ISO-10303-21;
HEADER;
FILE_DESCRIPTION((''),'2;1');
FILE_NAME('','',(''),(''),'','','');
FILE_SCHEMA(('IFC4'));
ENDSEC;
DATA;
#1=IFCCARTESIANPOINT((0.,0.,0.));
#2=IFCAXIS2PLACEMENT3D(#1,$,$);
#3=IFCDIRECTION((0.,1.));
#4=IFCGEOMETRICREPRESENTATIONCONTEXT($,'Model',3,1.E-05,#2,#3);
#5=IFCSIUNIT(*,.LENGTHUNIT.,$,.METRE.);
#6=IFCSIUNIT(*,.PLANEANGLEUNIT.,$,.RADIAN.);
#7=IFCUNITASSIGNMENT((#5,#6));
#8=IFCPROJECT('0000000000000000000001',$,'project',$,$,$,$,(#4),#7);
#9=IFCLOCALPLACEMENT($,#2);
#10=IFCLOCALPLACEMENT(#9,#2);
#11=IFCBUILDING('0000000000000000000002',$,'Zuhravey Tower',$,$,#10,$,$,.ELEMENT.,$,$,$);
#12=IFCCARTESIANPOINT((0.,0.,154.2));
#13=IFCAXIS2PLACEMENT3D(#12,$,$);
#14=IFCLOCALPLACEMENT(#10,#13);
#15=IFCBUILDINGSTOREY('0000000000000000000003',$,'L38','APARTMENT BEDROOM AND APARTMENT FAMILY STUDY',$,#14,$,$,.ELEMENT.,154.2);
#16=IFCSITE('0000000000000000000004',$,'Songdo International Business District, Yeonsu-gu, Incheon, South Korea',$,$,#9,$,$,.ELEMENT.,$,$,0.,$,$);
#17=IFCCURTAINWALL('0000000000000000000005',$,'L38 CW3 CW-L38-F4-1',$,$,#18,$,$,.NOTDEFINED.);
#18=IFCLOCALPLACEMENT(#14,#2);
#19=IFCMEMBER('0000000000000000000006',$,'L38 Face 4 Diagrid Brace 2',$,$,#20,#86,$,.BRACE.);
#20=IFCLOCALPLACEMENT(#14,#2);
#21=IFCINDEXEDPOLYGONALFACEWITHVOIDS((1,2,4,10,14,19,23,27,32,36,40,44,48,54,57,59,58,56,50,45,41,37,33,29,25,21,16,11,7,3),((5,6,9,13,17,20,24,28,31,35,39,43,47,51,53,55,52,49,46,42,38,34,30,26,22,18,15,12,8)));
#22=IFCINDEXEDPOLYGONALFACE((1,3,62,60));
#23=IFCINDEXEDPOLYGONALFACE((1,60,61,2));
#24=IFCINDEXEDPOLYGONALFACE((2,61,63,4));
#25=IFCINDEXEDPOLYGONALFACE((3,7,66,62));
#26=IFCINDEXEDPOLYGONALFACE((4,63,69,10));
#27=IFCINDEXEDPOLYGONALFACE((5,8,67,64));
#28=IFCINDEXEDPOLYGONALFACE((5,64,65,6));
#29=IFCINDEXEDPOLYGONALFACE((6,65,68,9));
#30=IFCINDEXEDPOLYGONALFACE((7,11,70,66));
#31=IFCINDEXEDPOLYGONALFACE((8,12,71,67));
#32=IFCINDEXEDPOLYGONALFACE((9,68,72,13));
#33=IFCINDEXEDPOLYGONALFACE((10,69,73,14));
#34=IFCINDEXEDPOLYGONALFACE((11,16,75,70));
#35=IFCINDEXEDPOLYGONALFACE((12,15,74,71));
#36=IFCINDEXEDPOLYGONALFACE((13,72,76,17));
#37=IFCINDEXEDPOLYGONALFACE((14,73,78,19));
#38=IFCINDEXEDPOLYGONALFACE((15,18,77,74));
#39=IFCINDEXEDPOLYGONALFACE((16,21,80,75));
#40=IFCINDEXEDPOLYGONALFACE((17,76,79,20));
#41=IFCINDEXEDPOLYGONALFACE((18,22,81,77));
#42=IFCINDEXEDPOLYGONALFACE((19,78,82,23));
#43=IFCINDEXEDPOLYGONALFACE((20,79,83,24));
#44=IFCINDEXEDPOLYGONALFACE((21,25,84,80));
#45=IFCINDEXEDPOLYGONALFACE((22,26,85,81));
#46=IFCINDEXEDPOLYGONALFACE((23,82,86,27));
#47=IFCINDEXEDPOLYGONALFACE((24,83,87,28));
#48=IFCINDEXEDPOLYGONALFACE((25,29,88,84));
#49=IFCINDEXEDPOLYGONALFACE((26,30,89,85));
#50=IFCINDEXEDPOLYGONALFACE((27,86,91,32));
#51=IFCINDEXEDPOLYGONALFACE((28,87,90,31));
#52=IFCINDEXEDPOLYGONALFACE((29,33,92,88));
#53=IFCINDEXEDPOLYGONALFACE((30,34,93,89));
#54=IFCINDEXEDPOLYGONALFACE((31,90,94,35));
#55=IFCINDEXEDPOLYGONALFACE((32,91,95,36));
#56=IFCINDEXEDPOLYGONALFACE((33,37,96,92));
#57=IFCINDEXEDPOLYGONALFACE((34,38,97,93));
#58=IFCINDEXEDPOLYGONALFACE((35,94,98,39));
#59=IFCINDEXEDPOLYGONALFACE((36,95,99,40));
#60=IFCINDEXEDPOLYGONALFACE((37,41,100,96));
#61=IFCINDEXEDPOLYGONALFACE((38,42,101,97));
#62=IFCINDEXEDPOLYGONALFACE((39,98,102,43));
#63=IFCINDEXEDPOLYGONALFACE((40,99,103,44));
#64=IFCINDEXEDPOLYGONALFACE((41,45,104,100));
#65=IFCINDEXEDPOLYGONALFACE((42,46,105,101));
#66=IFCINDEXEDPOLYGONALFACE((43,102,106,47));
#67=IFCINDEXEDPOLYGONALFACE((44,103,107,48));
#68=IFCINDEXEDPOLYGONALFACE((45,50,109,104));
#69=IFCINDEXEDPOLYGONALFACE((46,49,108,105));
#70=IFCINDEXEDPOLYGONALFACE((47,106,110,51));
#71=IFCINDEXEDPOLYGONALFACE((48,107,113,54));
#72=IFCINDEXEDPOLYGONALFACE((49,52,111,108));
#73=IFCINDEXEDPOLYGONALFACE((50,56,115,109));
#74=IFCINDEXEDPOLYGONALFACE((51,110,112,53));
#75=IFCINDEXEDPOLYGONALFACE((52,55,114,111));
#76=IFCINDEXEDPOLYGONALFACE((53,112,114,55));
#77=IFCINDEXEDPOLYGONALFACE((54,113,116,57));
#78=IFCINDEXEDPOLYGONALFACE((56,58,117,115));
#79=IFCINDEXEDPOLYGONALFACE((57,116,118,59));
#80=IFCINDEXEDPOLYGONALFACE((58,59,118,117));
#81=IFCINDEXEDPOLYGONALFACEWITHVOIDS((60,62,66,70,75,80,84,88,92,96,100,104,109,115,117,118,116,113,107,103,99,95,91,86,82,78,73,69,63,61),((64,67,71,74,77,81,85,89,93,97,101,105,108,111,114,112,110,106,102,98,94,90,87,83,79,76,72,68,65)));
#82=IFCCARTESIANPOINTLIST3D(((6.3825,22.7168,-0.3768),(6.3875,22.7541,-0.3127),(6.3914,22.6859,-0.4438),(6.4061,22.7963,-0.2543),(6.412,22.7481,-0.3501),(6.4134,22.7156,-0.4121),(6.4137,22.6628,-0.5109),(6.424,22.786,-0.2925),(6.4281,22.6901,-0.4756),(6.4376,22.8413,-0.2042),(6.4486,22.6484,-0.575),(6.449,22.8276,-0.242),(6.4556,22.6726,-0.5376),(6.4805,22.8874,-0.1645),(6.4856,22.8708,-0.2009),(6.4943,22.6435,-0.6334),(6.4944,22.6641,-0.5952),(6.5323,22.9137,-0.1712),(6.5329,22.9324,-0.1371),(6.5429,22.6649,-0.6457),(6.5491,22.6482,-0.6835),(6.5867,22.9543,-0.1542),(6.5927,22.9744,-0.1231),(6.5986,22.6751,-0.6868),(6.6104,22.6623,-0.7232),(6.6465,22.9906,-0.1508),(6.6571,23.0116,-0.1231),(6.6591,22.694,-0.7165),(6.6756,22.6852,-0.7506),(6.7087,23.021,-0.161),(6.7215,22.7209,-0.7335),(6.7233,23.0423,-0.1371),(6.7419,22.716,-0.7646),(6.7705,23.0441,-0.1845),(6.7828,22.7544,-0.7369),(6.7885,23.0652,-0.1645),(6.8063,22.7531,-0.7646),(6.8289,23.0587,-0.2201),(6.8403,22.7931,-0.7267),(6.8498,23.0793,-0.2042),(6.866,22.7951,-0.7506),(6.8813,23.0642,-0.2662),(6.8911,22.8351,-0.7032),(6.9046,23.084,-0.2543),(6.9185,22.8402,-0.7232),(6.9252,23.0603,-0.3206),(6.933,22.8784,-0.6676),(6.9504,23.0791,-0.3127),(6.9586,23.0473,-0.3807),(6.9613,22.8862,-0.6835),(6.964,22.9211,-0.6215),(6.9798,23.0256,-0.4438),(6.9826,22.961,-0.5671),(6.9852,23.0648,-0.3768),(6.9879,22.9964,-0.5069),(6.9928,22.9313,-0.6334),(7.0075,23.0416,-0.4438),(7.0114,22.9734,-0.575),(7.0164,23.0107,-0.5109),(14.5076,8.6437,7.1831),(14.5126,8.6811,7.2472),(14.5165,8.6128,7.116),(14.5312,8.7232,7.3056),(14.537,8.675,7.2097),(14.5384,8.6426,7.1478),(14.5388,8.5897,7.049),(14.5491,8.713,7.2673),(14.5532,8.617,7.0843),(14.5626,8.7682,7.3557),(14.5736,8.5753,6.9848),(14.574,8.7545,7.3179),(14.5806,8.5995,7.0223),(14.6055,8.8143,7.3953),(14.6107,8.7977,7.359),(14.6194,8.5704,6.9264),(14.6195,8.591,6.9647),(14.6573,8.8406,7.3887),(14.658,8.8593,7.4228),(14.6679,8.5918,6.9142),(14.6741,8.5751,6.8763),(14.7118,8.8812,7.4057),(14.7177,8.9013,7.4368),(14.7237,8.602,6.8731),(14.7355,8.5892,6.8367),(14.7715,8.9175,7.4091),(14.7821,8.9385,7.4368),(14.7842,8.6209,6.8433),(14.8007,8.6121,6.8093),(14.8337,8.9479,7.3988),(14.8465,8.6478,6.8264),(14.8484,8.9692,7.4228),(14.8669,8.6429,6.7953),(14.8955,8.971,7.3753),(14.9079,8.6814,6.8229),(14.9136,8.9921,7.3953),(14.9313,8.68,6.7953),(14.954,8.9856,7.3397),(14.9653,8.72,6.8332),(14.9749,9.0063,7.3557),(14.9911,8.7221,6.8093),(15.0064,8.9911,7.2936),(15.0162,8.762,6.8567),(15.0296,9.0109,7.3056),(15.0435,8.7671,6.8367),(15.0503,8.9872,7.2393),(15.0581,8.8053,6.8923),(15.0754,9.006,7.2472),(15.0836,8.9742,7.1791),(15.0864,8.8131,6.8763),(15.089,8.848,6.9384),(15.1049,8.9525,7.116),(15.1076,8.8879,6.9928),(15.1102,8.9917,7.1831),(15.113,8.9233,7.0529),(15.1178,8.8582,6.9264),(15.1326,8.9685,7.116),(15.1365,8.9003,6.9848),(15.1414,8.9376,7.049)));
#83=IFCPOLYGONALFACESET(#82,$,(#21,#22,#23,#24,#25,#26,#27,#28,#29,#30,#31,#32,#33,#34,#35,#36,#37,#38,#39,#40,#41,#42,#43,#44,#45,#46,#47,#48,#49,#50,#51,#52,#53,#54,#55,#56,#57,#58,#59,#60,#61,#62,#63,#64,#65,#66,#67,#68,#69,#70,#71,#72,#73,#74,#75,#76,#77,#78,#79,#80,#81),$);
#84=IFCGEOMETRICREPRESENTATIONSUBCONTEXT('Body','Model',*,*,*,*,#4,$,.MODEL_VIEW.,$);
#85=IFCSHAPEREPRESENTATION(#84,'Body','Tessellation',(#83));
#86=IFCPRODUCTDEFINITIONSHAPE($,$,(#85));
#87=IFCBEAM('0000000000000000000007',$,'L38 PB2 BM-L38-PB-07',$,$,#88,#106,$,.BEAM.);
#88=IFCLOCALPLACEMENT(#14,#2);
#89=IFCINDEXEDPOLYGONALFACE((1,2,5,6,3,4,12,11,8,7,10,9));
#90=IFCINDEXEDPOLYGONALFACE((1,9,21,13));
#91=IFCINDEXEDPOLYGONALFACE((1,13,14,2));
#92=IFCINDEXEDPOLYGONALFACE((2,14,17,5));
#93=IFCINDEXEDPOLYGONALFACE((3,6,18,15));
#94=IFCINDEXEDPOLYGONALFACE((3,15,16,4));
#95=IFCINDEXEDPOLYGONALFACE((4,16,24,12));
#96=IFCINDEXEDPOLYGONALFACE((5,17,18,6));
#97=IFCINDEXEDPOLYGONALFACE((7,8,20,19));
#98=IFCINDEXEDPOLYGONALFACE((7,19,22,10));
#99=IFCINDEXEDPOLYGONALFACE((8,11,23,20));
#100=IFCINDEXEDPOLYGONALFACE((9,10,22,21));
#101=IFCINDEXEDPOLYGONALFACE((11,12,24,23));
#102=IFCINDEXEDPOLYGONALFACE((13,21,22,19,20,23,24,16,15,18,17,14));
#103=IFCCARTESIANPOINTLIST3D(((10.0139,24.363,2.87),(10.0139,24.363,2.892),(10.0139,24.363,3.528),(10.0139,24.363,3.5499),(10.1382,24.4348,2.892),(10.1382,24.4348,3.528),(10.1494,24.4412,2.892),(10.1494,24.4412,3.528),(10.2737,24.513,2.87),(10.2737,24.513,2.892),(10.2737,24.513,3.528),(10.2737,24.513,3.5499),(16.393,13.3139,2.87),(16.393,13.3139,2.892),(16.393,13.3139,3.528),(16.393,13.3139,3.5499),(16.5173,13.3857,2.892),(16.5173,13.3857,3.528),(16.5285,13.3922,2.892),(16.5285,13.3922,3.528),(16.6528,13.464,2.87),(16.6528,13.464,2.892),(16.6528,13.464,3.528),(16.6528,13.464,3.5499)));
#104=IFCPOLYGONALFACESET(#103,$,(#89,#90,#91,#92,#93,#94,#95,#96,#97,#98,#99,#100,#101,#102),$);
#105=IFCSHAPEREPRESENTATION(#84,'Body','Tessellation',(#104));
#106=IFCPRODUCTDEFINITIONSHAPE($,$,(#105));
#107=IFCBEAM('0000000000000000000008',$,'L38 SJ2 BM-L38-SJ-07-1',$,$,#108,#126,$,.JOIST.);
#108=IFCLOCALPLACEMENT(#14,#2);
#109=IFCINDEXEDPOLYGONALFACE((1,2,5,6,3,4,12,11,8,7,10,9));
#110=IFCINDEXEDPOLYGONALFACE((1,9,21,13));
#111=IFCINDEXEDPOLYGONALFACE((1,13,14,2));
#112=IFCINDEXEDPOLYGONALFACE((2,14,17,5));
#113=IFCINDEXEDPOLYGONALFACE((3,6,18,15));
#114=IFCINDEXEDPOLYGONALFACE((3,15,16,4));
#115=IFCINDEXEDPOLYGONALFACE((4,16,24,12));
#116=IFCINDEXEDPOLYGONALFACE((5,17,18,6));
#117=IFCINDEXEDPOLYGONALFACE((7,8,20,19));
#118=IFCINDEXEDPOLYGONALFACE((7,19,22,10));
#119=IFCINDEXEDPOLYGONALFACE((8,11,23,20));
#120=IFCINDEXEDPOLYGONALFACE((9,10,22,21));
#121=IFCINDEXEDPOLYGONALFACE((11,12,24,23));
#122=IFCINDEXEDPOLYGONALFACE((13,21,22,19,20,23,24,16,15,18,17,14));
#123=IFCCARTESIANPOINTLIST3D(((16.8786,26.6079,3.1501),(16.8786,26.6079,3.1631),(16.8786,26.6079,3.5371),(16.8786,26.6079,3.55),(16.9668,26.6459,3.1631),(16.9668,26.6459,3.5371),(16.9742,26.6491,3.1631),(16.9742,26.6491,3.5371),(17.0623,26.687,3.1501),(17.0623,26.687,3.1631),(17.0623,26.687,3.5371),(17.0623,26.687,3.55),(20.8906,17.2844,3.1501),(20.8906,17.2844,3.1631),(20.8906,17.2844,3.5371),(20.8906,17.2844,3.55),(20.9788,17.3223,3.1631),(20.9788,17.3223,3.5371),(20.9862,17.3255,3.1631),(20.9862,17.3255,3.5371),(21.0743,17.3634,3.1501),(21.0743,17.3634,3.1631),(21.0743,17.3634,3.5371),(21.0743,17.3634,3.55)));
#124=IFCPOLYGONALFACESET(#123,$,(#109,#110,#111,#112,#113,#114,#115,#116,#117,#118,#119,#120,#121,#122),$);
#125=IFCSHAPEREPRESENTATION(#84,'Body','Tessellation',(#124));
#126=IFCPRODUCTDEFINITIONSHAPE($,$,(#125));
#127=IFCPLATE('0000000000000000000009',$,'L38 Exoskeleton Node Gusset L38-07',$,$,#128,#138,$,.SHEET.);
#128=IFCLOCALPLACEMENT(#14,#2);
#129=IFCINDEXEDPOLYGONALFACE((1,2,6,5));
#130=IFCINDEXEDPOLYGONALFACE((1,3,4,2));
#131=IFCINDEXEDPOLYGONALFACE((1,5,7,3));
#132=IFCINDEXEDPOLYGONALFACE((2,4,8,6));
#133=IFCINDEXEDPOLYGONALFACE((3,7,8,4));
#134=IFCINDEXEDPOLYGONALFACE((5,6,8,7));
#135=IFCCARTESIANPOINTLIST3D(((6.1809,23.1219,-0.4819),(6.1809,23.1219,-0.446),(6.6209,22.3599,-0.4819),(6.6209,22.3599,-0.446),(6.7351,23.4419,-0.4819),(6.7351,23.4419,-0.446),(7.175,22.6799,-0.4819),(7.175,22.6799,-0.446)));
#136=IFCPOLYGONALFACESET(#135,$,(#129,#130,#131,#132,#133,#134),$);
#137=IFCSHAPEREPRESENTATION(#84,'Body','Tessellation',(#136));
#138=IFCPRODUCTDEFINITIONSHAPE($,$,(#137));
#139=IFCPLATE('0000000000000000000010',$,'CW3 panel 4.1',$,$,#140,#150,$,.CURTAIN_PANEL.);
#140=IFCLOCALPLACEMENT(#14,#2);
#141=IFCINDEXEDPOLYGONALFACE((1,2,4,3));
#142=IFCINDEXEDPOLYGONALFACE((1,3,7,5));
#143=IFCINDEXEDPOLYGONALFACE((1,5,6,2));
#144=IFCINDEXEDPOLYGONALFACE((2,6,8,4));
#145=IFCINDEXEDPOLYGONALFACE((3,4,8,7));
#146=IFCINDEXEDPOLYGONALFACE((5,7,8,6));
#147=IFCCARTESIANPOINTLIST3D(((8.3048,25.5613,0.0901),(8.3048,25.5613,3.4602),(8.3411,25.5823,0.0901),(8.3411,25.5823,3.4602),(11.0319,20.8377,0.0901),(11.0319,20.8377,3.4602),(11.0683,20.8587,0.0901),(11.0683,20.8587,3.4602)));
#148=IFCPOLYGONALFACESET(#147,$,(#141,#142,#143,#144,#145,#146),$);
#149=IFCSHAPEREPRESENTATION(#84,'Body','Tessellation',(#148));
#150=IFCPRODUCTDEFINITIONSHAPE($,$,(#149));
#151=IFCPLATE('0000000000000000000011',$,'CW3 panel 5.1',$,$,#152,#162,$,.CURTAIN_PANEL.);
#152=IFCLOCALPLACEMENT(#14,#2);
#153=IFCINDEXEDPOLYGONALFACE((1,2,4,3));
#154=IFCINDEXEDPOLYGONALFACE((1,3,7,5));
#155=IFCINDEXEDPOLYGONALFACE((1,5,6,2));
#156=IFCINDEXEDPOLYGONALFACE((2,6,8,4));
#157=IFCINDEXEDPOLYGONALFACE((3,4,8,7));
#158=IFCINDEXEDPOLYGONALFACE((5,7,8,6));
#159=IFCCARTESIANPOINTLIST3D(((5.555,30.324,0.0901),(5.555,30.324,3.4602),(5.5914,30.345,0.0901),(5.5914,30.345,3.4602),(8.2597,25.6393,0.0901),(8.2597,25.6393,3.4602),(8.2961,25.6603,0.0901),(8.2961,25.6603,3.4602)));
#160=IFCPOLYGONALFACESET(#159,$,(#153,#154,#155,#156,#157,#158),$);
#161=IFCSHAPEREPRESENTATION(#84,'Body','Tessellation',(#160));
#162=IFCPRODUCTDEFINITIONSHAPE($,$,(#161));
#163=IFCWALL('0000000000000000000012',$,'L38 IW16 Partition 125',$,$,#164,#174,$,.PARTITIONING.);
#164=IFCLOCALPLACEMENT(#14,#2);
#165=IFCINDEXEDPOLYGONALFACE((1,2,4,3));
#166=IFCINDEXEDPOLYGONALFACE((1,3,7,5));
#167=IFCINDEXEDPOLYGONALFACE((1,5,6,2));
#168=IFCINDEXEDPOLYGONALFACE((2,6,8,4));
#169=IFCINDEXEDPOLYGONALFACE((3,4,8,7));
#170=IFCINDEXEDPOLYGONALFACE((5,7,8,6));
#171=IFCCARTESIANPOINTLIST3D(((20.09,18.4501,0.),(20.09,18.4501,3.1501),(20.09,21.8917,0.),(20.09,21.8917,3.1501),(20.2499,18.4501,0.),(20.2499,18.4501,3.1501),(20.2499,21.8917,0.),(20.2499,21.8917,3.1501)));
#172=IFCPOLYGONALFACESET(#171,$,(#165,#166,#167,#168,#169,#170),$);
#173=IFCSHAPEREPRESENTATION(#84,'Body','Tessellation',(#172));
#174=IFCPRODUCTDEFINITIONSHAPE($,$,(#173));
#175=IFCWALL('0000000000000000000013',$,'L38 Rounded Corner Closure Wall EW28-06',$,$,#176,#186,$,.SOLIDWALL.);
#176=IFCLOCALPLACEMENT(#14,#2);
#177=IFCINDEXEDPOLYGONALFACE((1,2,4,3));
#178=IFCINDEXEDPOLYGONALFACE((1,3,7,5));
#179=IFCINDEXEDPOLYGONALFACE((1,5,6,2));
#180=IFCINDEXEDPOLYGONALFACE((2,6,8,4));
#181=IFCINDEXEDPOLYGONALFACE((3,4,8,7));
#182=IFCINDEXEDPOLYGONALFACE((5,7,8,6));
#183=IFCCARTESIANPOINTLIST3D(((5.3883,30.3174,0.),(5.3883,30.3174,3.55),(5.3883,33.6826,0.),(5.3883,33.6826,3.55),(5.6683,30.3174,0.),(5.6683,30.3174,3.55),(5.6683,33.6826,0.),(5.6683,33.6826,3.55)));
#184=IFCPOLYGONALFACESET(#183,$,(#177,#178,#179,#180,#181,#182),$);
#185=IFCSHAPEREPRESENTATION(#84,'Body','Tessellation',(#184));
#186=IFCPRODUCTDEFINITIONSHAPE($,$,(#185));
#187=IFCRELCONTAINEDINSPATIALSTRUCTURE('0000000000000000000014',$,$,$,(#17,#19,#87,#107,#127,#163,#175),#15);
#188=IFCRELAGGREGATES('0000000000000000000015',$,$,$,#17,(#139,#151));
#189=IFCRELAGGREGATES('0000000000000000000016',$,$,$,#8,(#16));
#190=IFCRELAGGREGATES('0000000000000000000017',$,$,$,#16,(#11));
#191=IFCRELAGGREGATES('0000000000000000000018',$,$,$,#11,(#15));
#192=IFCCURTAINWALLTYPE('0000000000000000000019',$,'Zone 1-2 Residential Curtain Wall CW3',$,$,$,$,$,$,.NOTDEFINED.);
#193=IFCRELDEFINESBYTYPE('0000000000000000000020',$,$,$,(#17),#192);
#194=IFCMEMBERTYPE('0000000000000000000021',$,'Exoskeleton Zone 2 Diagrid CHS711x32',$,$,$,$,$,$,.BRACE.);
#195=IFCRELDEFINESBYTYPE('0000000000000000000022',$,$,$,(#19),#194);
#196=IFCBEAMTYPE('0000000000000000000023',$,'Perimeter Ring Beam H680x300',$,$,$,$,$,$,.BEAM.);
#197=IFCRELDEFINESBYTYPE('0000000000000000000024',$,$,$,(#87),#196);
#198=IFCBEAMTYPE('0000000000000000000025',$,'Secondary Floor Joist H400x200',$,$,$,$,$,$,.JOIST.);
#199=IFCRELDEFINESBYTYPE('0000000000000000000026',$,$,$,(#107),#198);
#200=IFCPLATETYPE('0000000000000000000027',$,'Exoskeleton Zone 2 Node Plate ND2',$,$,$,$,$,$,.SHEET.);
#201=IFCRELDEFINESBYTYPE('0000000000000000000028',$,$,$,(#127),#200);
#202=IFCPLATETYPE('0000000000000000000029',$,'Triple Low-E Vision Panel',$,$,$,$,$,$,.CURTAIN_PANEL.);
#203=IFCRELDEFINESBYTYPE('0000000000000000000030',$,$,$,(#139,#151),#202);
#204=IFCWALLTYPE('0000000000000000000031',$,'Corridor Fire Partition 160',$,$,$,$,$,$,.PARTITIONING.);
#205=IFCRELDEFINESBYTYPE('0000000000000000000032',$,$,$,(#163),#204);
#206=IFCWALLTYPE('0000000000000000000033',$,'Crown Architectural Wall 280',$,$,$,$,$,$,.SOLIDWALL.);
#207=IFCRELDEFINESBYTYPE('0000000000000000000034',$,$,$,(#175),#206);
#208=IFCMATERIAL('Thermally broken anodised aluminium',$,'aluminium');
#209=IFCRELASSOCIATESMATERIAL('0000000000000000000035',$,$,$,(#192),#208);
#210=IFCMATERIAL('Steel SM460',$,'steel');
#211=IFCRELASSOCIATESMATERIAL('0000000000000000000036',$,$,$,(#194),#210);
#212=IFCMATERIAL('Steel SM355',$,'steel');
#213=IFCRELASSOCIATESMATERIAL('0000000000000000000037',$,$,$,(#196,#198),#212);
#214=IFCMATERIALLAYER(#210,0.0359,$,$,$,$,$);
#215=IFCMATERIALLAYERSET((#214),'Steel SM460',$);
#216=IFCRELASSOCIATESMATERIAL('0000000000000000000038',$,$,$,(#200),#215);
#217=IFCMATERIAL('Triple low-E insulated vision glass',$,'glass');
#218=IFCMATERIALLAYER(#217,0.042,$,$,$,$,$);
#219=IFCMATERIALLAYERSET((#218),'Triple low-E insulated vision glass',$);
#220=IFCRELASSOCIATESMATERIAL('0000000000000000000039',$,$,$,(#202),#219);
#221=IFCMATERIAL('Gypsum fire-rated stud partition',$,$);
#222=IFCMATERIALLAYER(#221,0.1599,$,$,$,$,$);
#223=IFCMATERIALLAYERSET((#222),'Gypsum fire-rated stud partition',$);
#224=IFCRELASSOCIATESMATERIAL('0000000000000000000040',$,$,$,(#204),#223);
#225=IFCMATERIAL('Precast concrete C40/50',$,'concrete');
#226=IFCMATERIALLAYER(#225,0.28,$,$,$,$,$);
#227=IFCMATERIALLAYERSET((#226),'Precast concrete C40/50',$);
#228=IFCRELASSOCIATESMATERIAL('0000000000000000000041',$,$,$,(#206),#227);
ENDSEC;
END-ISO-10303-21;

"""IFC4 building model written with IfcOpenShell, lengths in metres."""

from ifc_helpers import new_model, si_unit, direction, frame, frame_2d, origin, origin_2d, place, context, subcontext, project, spatial, rectangle, hollow_circle, i_section, extrude, material, layer, layer_set, material_profile, profile_set, type_object, element, aggregate, save


model = new_model("IFC4")

# Units and contexts
model_context = context("Model", 3, precision=1e-05, world=origin(), true_north=direction((0.0, 1.0)))
body_context = subcontext(model_context, "Body", "Model", "MODEL_VIEW")
ifc_project = project(units=[si_unit("LENGTHUNIT", "METRE"), si_unit("PLANEANGLEUNIT", "RADIAN")], contexts=[model_context])

# Site, building, storey
site_placement = place(None, origin())
site = spatial("IfcSite", under=ifc_project, at=site_placement, Name="Songdo International Business District, Yeonsu-gu, Incheon, South Korea", CompositionType="ELEMENT", RefElevation=0.0)
building_placement = place(site_placement, origin())
building = spatial("IfcBuilding", under=site, at=building_placement, Name="Zuhravey Tower", CompositionType="ELEMENT")
storey_placement = place(building_placement, frame((0.0, 0.0, 154.2)))
storey = spatial("IfcBuildingStorey", under=building, at=storey_placement, Name="L38", Description="APARTMENT BEDROOM AND APARTMENT FAMILY STUDY", CompositionType="ELEMENT", Elevation=154.2)

# Curtain wall
ifc_material_1 = material(Name="Thermally broken anodised aluminium", Category="aluminium")
curtain_wall_type = type_object("IfcCurtainWallType", Name="Zone 1-2 Residential Curtain Wall CW3", PredefinedType="NOTDEFINED", material=ifc_material_1)
curtain_wall_placement = place(storey_placement, origin())
curtain_wall = element("IfcCurtainWall", 1, at=curtain_wall_placement, inside=storey, type_object=curtain_wall_type, Name="L38 CW3 CW-L38-F4-1", PredefinedType="NOTDEFINED")

# Member
ifc_material_2 = material(Name="Steel SM355", Category="steel")
ifc_material_3 = material(Name="Steel SM460", Category="steel")
ifc_material_profile_1 = material_profile(ifc_material_3, hollow_circle(Radius=0.3557, WallThickness=0.032, at=origin_2d()), Name="CHS-711.2x32")
ifc_profile_set_1 = profile_set([ifc_material_profile_1], Name="Steel SM460")
member_type_1 = type_object("IfcMemberType", Name="Exoskeleton Zone 2 Diagrid CHS711x32", PredefinedType="BRACE", material=ifc_profile_set_1)
member_1_placement = place(storey_placement, frame((6.6995, 22.8638, -0.4438), z_axis=(0.453341, -0.785214, 0.421806), x_axis=(0.866027, 0.499998, 0.0)))
element("IfcMember", 2, at=member_1_placement, inside=storey, type_object=member_type_1, Name="L38 Face 4 Diagrid Brace 2", PredefinedType="BRACE", context=body_context, shape_type="SweptSolid", body=[
    extrude(hollow_circle(Radius=0.3557, WallThickness=0.032, at=origin_2d()), origin(), (0.0, 0.0, 1.0), 17.9226),
])

# Beams
ifc_material_profile_2 = material_profile(ifc_material_2, i_section(OverallWidth=0.3, OverallDepth=0.6799, WebThickness=0.0129, FlangeThickness=0.022, at=origin_2d()), Name="H-680x300x13x22")
ifc_profile_set_2 = profile_set([ifc_material_profile_2], Name="Steel SM355")
beam_type_1 = type_object("IfcBeamType", Name="Perimeter Ring Beam H680x300", PredefinedType="BEAM", material=ifc_profile_set_2)
beam_1_placement = place(storey_placement, frame((10.1438, 24.438, 3.21), z_axis=(0.499998, -0.866027, 0.0), x_axis=(0.866027, 0.499998, 0.0)))
element("IfcBeam", 3, at=beam_1_placement, inside=storey, type_object=beam_type_1, Name="L38 PB2 BM-L38-PB-07", PredefinedType="BEAM", context=body_context, shape_type="SweptSolid", body=[
    extrude(i_section(OverallWidth=0.3, OverallDepth=0.6799, WebThickness=0.0129, FlangeThickness=0.022, at=origin_2d()), origin(), (0.0, 0.0, 1.0), 12.7583),
])
ifc_material_profile_3 = material_profile(ifc_material_2, i_section(OverallWidth=0.2, OverallDepth=0.3999, WebThickness=0.0081, FlangeThickness=0.0129, at=origin_2d()), Name="H-400x200x8x13")
ifc_profile_set_3 = profile_set([ifc_material_profile_3], Name="Steel SM355")
beam_type_2 = type_object("IfcBeamType", Name="Secondary Floor Joist H400x200", PredefinedType="JOIST", material=ifc_profile_set_3)
beam_2_placement = place(storey_placement, frame((16.9705, 26.6475, 3.3501), z_axis=(0.395266, -0.918567, 0.0), x_axis=(0.918567, 0.395266, 0.0)))
element("IfcBeam", 4, at=beam_2_placement, inside=storey, type_object=beam_type_2, Name="L38 SJ2 BM-L38-SJ-07-1", PredefinedType="JOIST", context=body_context, shape_type="SweptSolid", body=[
    extrude(i_section(OverallWidth=0.2, OverallDepth=0.3999, WebThickness=0.0081, FlangeThickness=0.0129, at=origin_2d()), origin(), (0.0, 0.0, 1.0), 10.1501),
])

# Plates
ifc_layer_1 = layer(ifc_material_3, 0.0359)
ifc_layer_set_1 = layer_set([ifc_layer_1], Name="Steel SM460")
plate_type_1 = type_object("IfcPlateType", Name="Exoskeleton Zone 2 Node Plate ND2", PredefinedType="SHEET", material=ifc_layer_set_1)
plate_1_placement = place(storey_placement, frame((6.678, 22.9009, -0.4819), z_axis=(0.0, 0.0, 1.0), x_axis=(0.5, -0.866025, 0.0)))
element("IfcPlate", 5, at=plate_1_placement, inside=storey, type_object=plate_type_1, Name="L38 Exoskeleton Node Gusset L38-07", PredefinedType="SHEET", context=body_context, shape_type="SweptSolid", body=[
    extrude(rectangle(XDim=0.8799, YDim=0.6399, at=origin_2d()), origin(), (0.0, 0.0, 1.0), 0.0359),
])
ifc_material_4 = material(Name="Triple low-E insulated vision glass", Category="glass")
ifc_layer_2 = layer(ifc_material_4, 0.042)
ifc_layer_set_2 = layer_set([ifc_layer_2], Name="Triple low-E insulated vision glass")
plate_type_2 = type_object("IfcPlateType", Name="Triple Low-E Vision Panel", PredefinedType="CURTAIN_PANEL", material=ifc_layer_set_2)
plate_2_placement = place(storey_placement, frame((9.6865, 23.21, 0.0901), z_axis=(0.0, 0.0, 1.0), x_axis=(-0.5, 0.866025, 0.0)))
plate_2 = element("IfcPlate", 6, at=plate_2_placement, type_object=plate_type_2, Name="CW3 panel 4.1", PredefinedType="CURTAIN_PANEL", context=body_context, shape_type="SweptSolid", body=[
    extrude(rectangle(XDim=5.4543, YDim=0.042, at=origin_2d()), origin(), (0.0, 0.0, 1.0), 3.3701),
])
plate_3_placement = place(storey_placement, frame((6.9255, 27.9922, 0.0901), z_axis=(0.0, 0.0, 1.0), x_axis=(-0.5, 0.866025, 0.0)))
plate_3 = element("IfcPlate", 7, at=plate_3_placement, type_object=plate_type_2, Name="CW3 panel 5.1", PredefinedType="CURTAIN_PANEL", context=body_context, shape_type="SweptSolid", body=[
    extrude(rectangle(XDim=5.4094, YDim=0.042, at=origin_2d()), origin(), (0.0, 0.0, 1.0), 3.3701),
])
aggregate(curtain_wall, [plate_2, plate_3])

# Walls
ifc_material_5 = material(Name="Gypsum fire-rated stud partition")
ifc_layer_3 = layer(ifc_material_5, 0.1599)
ifc_layer_set_3 = layer_set([ifc_layer_3], Name="Gypsum fire-rated stud partition")
wall_type_1 = type_object("IfcWallType", Name="Corridor Fire Partition 160", PredefinedType="PARTITIONING", material=ifc_layer_set_3)
wall_1_placement = place(storey_placement, frame((20.1699, 21.8916, 0.0), z_axis=(0.0, 0.0, 1.0), x_axis=(0.0, -1.0, 0.0)))
element("IfcWall", 8, at=wall_1_placement, inside=storey, type_object=wall_type_1, Name="L38 IW16 Partition 125", PredefinedType="PARTITIONING", context=body_context, shape_type="SweptSolid", body=[
    extrude(rectangle(XDim=3.4417, YDim=0.1599, at=frame_2d((1.7207, 0.0))), origin(), (0.0, 0.0, 1.0), 3.1501),
])
ifc_material_6 = material(Name="Precast concrete C40/50", Category="concrete")
ifc_layer_4 = layer(ifc_material_6, 0.28)
ifc_layer_set_4 = layer_set([ifc_layer_4], Name="Precast concrete C40/50")
wall_type_2 = type_object("IfcWallType", Name="Crown Architectural Wall 280", PredefinedType="SOLIDWALL", material=ifc_layer_set_4)
wall_2_placement = place(storey_placement, frame((5.5283, 30.3174, 0.0), z_axis=(0.0, 0.0, 1.0), x_axis=(0.0, 1.0, 0.0)))
element("IfcWall", 9, at=wall_2_placement, inside=storey, type_object=wall_type_2, Name="L38 Rounded Corner Closure Wall EW28-06", PredefinedType="SOLIDWALL", context=body_context, shape_type="SweptSolid", body=[
    extrude(rectangle(XDim=3.3652, YDim=0.28, at=frame_2d((1.6826, 0.0))), origin(), (0.0, 0.0, 1.0), 3.55),
])

save(model, "model.ifc")
